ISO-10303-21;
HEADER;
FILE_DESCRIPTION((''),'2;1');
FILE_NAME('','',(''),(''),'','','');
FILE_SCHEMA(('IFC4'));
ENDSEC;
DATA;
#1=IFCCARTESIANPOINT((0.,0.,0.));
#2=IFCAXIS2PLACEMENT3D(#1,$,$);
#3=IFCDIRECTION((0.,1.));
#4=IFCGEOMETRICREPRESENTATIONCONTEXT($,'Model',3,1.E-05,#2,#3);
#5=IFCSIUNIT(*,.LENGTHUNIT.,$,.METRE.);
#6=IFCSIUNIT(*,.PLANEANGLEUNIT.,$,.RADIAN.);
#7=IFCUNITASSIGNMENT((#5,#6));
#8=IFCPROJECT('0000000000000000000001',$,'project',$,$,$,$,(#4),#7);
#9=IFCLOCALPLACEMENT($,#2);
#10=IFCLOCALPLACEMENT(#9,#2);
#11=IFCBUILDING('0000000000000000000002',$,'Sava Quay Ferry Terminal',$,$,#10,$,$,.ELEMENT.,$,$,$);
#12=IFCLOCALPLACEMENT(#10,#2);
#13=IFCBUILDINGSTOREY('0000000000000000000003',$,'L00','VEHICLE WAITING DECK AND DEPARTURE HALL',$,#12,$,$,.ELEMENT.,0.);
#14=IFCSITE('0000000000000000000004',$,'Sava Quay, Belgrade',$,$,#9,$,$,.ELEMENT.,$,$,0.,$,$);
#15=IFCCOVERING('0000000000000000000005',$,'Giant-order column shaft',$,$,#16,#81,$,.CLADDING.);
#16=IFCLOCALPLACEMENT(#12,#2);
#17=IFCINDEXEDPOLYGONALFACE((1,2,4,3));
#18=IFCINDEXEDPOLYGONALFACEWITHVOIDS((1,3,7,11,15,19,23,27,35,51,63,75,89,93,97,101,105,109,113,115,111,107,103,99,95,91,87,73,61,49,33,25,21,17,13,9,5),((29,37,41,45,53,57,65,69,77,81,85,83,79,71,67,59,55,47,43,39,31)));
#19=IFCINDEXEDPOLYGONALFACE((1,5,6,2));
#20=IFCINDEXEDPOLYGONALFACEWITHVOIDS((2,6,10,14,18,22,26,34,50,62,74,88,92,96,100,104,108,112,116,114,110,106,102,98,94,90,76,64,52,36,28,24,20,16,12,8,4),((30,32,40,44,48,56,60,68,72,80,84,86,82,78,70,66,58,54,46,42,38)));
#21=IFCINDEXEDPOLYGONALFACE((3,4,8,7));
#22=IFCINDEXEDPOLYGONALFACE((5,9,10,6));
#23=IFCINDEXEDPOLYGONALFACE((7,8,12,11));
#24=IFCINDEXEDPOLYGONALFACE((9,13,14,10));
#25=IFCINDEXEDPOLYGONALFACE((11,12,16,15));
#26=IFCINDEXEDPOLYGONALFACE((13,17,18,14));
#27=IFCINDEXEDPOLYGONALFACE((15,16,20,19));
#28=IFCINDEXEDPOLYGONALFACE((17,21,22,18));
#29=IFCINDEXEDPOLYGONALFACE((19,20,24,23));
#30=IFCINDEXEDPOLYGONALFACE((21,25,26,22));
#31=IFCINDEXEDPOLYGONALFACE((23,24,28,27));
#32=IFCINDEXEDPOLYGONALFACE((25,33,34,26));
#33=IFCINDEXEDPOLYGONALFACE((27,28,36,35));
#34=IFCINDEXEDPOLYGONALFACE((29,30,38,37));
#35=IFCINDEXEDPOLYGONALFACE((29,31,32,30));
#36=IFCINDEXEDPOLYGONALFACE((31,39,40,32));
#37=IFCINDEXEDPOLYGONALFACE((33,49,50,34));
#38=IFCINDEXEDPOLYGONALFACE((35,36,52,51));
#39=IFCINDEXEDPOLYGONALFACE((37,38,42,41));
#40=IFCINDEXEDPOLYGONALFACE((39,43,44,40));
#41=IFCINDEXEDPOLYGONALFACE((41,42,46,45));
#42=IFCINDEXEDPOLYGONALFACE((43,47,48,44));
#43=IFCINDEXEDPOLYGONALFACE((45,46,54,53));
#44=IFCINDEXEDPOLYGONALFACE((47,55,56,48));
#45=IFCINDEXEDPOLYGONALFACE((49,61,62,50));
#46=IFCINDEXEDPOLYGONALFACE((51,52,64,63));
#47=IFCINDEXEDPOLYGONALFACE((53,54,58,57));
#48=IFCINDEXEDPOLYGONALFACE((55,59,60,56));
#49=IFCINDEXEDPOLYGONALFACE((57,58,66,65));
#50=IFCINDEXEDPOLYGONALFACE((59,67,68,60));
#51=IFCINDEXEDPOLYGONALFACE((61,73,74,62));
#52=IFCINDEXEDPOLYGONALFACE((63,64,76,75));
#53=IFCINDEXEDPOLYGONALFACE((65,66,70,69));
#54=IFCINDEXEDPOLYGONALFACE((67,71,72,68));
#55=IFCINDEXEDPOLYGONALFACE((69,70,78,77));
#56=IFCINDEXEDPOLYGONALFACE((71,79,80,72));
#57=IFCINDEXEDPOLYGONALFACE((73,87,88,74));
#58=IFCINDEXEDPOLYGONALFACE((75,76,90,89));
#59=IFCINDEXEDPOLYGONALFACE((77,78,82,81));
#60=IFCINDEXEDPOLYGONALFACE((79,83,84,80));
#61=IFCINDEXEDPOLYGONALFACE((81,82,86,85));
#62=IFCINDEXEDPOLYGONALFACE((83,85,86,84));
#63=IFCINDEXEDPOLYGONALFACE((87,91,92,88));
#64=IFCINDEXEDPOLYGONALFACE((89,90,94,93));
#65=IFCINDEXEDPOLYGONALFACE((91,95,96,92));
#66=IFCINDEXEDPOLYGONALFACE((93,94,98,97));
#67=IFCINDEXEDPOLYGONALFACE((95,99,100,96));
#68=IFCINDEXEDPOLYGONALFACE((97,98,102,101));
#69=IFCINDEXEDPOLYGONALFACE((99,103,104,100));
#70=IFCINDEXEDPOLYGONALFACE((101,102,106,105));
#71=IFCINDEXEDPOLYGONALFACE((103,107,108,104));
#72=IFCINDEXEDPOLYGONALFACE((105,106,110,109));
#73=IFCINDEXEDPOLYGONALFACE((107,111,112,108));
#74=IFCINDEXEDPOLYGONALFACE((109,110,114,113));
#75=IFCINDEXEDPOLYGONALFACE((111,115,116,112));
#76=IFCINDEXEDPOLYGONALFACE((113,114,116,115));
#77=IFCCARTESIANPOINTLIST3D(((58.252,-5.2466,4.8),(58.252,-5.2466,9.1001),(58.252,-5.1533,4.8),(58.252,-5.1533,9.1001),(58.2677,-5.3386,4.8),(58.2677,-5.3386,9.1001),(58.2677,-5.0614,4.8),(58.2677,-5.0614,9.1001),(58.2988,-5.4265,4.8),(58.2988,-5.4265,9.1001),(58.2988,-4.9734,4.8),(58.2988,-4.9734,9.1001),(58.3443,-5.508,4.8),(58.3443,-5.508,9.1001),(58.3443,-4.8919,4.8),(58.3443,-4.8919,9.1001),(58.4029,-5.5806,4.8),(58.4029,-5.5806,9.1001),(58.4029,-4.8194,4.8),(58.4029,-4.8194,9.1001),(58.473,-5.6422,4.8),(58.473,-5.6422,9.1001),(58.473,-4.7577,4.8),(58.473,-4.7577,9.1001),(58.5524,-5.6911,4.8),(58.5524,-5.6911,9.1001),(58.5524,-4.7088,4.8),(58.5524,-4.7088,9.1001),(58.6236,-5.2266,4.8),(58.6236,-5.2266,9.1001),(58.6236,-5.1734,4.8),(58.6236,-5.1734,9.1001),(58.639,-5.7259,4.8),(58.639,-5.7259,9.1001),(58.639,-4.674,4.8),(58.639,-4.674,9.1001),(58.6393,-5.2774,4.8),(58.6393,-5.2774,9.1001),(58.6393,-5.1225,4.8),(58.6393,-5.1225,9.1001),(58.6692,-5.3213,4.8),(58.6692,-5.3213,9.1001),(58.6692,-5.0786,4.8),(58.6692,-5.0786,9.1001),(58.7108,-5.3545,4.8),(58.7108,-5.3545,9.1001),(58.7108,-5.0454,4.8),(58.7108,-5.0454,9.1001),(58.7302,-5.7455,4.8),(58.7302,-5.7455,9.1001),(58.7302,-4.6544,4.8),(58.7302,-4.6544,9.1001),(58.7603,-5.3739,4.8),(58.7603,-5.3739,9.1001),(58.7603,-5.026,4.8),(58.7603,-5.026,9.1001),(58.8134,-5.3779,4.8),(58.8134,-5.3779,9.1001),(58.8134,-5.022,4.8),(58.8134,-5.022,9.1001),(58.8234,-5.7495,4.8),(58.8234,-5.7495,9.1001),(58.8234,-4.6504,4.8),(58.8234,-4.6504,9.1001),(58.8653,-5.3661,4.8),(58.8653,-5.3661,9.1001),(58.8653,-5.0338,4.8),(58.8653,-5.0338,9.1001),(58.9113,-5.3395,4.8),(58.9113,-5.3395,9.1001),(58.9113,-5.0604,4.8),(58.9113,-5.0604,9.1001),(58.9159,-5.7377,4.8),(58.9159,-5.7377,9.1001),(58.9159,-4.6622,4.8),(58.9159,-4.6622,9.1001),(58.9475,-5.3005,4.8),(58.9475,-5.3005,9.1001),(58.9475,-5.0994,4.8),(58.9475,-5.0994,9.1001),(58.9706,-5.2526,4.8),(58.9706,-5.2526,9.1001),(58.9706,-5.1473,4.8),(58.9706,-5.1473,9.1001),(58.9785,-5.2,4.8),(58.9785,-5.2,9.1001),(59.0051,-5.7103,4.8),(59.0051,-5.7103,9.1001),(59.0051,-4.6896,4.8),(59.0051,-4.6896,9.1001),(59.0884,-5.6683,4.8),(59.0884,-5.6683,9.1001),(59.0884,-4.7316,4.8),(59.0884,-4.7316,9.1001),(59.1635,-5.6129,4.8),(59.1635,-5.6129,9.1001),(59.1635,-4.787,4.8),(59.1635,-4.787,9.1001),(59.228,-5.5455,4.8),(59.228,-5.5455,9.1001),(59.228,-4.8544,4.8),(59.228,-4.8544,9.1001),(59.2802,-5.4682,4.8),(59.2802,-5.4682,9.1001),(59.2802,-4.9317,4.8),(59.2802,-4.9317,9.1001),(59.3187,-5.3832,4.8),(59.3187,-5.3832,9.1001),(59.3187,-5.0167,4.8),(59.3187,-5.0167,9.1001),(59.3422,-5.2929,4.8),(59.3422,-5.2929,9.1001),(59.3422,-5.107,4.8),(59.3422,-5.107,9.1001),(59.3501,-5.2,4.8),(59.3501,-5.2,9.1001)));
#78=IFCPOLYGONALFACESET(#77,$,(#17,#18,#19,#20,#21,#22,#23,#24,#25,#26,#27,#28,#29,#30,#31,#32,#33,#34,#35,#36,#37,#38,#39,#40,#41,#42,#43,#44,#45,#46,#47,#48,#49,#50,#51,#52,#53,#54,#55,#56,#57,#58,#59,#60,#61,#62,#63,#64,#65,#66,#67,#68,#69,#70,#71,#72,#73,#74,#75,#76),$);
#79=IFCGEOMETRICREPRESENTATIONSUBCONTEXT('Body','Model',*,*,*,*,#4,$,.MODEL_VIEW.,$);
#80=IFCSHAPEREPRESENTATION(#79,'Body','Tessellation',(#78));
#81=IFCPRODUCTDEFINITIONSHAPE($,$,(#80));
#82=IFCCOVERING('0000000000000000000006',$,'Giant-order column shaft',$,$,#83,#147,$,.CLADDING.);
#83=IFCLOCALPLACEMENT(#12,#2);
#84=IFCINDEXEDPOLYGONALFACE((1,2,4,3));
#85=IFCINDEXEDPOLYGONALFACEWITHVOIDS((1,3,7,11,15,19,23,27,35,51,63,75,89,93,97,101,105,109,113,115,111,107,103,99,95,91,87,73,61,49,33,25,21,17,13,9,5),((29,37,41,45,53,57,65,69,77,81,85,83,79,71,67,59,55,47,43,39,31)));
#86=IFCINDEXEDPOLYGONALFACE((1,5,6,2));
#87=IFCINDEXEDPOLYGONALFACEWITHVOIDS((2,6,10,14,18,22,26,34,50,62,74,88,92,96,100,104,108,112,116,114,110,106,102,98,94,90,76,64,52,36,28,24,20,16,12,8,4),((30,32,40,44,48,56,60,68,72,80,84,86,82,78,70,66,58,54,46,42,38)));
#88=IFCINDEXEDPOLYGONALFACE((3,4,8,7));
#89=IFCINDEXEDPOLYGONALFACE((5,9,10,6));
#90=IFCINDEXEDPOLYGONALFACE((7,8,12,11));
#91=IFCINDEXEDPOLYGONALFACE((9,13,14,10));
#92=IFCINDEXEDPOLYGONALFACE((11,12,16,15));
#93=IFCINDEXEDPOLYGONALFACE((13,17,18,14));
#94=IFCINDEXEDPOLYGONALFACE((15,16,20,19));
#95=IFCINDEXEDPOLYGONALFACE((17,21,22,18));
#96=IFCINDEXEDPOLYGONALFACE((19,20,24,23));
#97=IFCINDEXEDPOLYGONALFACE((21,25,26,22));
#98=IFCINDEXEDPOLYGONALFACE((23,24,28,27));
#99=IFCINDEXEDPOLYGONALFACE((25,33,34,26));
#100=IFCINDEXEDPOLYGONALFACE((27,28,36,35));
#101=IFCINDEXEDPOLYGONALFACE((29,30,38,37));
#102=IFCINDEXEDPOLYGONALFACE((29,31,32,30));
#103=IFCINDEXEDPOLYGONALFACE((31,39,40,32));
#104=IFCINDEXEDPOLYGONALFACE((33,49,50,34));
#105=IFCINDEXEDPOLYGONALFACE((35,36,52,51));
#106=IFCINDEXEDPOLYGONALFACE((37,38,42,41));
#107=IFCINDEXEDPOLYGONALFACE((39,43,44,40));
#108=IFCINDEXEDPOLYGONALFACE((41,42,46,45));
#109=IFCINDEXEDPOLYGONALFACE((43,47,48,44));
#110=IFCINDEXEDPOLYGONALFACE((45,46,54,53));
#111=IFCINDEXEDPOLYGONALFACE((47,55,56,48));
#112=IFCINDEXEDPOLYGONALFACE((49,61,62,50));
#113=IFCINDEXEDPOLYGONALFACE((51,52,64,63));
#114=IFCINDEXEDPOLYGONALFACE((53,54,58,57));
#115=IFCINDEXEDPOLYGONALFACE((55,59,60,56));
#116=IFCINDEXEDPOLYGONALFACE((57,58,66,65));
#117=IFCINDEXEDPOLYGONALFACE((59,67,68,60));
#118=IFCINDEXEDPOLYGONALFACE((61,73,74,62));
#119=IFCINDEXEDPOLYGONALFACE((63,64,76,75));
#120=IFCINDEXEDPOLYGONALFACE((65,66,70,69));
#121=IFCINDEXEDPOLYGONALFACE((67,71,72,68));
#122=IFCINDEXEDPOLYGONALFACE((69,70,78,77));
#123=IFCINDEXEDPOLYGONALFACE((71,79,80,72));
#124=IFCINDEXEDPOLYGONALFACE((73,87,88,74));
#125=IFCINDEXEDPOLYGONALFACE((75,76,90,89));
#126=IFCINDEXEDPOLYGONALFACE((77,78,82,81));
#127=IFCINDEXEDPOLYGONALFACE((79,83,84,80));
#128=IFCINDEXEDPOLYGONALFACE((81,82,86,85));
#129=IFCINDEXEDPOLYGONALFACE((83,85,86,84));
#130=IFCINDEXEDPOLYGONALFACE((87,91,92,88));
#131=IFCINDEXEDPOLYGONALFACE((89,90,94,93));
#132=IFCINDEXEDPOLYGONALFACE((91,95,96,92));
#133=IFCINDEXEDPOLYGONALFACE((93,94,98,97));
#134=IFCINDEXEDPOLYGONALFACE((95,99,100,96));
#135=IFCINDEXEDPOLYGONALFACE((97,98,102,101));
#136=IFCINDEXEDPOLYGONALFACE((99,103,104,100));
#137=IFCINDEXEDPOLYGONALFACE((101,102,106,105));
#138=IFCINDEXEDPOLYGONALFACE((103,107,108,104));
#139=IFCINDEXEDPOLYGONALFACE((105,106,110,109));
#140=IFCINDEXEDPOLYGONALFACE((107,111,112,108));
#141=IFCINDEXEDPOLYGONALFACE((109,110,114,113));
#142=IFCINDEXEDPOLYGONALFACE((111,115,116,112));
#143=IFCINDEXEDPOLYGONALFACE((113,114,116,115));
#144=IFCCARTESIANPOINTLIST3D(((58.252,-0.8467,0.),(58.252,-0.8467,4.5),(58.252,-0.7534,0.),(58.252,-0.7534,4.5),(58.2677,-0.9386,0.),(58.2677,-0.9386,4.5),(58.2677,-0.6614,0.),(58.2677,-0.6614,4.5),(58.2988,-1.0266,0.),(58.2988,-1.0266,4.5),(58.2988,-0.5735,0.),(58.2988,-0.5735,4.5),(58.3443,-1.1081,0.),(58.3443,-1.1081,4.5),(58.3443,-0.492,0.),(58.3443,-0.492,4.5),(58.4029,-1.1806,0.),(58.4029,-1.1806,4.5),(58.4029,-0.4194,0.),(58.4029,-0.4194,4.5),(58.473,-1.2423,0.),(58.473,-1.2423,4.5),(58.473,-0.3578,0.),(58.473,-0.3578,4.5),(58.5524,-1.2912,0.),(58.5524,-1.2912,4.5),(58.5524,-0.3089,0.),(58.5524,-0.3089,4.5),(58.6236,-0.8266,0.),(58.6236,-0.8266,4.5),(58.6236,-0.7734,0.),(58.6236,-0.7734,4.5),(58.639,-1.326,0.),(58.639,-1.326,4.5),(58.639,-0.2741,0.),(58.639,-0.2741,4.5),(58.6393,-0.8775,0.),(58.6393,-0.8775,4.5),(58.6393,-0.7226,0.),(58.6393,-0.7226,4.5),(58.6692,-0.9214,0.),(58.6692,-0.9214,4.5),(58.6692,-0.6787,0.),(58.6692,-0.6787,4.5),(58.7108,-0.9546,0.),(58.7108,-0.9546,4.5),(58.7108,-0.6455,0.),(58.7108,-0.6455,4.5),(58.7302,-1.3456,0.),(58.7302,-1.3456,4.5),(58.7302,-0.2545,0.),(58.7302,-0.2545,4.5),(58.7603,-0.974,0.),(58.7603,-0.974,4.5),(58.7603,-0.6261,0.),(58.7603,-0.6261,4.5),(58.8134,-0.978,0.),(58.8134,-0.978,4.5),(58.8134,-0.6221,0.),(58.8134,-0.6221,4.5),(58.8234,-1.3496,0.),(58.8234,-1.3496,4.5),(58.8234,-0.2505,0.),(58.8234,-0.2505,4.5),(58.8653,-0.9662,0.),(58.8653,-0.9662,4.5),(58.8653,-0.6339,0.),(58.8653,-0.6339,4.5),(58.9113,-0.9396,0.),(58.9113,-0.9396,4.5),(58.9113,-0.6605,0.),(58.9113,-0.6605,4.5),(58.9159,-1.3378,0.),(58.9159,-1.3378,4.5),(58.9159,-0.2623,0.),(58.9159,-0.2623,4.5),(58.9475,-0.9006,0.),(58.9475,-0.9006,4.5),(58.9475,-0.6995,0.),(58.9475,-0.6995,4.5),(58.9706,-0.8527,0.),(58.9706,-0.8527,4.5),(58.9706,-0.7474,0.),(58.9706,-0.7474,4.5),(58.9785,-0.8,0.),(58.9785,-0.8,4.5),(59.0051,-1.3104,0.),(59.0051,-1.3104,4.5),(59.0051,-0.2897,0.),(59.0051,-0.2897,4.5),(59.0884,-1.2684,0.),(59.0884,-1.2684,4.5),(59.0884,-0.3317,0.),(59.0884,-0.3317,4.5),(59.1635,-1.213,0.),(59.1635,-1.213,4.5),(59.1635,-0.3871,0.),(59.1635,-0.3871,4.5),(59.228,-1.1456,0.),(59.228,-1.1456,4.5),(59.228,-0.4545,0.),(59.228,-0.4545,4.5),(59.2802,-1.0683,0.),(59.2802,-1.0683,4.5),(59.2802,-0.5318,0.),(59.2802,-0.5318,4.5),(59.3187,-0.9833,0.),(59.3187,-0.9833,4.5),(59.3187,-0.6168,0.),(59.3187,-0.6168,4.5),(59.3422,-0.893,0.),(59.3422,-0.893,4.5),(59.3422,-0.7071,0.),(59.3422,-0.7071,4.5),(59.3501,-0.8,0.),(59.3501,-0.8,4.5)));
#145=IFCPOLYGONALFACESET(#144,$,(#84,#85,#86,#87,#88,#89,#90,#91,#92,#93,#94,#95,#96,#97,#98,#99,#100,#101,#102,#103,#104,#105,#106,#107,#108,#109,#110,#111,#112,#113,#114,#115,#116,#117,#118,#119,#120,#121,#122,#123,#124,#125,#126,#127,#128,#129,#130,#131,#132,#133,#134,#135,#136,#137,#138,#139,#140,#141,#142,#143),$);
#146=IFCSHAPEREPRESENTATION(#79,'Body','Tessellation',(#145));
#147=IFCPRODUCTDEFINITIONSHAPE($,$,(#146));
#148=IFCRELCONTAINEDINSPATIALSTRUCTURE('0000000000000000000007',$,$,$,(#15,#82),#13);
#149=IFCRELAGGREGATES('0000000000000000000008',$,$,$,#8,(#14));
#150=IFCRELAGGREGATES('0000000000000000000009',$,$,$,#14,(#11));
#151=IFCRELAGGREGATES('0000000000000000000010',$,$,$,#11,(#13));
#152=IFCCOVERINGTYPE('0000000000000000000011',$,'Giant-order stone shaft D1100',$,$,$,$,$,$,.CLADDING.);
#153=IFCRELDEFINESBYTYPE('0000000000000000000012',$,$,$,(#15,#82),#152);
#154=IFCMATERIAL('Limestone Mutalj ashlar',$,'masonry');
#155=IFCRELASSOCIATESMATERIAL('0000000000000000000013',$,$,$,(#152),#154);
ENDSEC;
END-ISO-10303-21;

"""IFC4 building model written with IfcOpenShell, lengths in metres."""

from ifc_helpers import new_model, si_unit, direction, frame, origin, origin_2d, place, context, subcontext, project, spatial, hollow_circle, extrude, material, material_profile, profile_set, type_object, element, save


model = new_model("IFC4")

# Units and contexts
model_context = context("Model", 3, precision=1e-05, world=origin(), true_north=direction((0.0, 1.0)))
body_context = subcontext(model_context, "Body", "Model", "MODEL_VIEW")
ifc_project = project(units=[si_unit("LENGTHUNIT", "METRE"), si_unit("PLANEANGLEUNIT", "RADIAN")], contexts=[model_context])

# Site, building, storey
site_placement = place(None, origin())
site = spatial("IfcSite", under=ifc_project, at=site_placement, Name="Sava Quay, Belgrade", CompositionType="ELEMENT", RefElevation=0.0)
building_placement = place(site_placement, origin())
building = spatial("IfcBuilding", under=site, at=building_placement, Name="Sava Quay Ferry Terminal", CompositionType="ELEMENT")
storey_placement = place(building_placement, origin())
storey = spatial("IfcBuildingStorey", under=building, at=storey_placement, Name="L00", Description="VEHICLE WAITING DECK AND DEPARTURE HALL", CompositionType="ELEMENT", Elevation=0.0)

# Coverings
ifc_material_1 = material(Name="Limestone Mutalj ashlar", Category="masonry")
ifc_material_profile_1 = material_profile(ifc_material_1, hollow_circle(Radius=0.55, WallThickness=0.3716, at=origin_2d()), Name="Stone shaft D1100")
ifc_profile_set_1 = profile_set([ifc_material_profile_1], Name="Limestone Mutalj ashlar")
covering_type_1 = type_object("IfcCoveringType", Name="Giant-order stone shaft D1100", PredefinedType="CLADDING", material=ifc_profile_set_1)
covering_1_placement = place(storey_placement, frame((58.8, -5.2, 4.8), z_axis=(0.0, 0.0, 1.0), x_axis=(1.0, 0.0, 0.0)))
element("IfcCovering", 1, at=covering_1_placement, inside=storey, type_object=covering_type_1, Name="Giant-order column shaft", PredefinedType="CLADDING", context=body_context, shape_type="SweptSolid", body=[
    extrude(hollow_circle(Radius=0.55, WallThickness=0.3716, at=origin_2d()), origin(), (0.0, 0.0, 1.0), 4.3),
])
covering_2_placement = place(storey_placement, frame((58.8, -0.8, 0.0), z_axis=(0.0, 0.0, 1.0), x_axis=(1.0, 0.0, 0.0)))
element("IfcCovering", 2, at=covering_2_placement, inside=storey, type_object=covering_type_1, Name="Giant-order column shaft", PredefinedType="CLADDING", context=body_context, shape_type="SweptSolid", body=[
    extrude(hollow_circle(Radius=0.55, WallThickness=0.3716, at=origin_2d()), origin(), (0.0, 0.0, 1.0), 4.5),
])

save(model, "model.ifc")
